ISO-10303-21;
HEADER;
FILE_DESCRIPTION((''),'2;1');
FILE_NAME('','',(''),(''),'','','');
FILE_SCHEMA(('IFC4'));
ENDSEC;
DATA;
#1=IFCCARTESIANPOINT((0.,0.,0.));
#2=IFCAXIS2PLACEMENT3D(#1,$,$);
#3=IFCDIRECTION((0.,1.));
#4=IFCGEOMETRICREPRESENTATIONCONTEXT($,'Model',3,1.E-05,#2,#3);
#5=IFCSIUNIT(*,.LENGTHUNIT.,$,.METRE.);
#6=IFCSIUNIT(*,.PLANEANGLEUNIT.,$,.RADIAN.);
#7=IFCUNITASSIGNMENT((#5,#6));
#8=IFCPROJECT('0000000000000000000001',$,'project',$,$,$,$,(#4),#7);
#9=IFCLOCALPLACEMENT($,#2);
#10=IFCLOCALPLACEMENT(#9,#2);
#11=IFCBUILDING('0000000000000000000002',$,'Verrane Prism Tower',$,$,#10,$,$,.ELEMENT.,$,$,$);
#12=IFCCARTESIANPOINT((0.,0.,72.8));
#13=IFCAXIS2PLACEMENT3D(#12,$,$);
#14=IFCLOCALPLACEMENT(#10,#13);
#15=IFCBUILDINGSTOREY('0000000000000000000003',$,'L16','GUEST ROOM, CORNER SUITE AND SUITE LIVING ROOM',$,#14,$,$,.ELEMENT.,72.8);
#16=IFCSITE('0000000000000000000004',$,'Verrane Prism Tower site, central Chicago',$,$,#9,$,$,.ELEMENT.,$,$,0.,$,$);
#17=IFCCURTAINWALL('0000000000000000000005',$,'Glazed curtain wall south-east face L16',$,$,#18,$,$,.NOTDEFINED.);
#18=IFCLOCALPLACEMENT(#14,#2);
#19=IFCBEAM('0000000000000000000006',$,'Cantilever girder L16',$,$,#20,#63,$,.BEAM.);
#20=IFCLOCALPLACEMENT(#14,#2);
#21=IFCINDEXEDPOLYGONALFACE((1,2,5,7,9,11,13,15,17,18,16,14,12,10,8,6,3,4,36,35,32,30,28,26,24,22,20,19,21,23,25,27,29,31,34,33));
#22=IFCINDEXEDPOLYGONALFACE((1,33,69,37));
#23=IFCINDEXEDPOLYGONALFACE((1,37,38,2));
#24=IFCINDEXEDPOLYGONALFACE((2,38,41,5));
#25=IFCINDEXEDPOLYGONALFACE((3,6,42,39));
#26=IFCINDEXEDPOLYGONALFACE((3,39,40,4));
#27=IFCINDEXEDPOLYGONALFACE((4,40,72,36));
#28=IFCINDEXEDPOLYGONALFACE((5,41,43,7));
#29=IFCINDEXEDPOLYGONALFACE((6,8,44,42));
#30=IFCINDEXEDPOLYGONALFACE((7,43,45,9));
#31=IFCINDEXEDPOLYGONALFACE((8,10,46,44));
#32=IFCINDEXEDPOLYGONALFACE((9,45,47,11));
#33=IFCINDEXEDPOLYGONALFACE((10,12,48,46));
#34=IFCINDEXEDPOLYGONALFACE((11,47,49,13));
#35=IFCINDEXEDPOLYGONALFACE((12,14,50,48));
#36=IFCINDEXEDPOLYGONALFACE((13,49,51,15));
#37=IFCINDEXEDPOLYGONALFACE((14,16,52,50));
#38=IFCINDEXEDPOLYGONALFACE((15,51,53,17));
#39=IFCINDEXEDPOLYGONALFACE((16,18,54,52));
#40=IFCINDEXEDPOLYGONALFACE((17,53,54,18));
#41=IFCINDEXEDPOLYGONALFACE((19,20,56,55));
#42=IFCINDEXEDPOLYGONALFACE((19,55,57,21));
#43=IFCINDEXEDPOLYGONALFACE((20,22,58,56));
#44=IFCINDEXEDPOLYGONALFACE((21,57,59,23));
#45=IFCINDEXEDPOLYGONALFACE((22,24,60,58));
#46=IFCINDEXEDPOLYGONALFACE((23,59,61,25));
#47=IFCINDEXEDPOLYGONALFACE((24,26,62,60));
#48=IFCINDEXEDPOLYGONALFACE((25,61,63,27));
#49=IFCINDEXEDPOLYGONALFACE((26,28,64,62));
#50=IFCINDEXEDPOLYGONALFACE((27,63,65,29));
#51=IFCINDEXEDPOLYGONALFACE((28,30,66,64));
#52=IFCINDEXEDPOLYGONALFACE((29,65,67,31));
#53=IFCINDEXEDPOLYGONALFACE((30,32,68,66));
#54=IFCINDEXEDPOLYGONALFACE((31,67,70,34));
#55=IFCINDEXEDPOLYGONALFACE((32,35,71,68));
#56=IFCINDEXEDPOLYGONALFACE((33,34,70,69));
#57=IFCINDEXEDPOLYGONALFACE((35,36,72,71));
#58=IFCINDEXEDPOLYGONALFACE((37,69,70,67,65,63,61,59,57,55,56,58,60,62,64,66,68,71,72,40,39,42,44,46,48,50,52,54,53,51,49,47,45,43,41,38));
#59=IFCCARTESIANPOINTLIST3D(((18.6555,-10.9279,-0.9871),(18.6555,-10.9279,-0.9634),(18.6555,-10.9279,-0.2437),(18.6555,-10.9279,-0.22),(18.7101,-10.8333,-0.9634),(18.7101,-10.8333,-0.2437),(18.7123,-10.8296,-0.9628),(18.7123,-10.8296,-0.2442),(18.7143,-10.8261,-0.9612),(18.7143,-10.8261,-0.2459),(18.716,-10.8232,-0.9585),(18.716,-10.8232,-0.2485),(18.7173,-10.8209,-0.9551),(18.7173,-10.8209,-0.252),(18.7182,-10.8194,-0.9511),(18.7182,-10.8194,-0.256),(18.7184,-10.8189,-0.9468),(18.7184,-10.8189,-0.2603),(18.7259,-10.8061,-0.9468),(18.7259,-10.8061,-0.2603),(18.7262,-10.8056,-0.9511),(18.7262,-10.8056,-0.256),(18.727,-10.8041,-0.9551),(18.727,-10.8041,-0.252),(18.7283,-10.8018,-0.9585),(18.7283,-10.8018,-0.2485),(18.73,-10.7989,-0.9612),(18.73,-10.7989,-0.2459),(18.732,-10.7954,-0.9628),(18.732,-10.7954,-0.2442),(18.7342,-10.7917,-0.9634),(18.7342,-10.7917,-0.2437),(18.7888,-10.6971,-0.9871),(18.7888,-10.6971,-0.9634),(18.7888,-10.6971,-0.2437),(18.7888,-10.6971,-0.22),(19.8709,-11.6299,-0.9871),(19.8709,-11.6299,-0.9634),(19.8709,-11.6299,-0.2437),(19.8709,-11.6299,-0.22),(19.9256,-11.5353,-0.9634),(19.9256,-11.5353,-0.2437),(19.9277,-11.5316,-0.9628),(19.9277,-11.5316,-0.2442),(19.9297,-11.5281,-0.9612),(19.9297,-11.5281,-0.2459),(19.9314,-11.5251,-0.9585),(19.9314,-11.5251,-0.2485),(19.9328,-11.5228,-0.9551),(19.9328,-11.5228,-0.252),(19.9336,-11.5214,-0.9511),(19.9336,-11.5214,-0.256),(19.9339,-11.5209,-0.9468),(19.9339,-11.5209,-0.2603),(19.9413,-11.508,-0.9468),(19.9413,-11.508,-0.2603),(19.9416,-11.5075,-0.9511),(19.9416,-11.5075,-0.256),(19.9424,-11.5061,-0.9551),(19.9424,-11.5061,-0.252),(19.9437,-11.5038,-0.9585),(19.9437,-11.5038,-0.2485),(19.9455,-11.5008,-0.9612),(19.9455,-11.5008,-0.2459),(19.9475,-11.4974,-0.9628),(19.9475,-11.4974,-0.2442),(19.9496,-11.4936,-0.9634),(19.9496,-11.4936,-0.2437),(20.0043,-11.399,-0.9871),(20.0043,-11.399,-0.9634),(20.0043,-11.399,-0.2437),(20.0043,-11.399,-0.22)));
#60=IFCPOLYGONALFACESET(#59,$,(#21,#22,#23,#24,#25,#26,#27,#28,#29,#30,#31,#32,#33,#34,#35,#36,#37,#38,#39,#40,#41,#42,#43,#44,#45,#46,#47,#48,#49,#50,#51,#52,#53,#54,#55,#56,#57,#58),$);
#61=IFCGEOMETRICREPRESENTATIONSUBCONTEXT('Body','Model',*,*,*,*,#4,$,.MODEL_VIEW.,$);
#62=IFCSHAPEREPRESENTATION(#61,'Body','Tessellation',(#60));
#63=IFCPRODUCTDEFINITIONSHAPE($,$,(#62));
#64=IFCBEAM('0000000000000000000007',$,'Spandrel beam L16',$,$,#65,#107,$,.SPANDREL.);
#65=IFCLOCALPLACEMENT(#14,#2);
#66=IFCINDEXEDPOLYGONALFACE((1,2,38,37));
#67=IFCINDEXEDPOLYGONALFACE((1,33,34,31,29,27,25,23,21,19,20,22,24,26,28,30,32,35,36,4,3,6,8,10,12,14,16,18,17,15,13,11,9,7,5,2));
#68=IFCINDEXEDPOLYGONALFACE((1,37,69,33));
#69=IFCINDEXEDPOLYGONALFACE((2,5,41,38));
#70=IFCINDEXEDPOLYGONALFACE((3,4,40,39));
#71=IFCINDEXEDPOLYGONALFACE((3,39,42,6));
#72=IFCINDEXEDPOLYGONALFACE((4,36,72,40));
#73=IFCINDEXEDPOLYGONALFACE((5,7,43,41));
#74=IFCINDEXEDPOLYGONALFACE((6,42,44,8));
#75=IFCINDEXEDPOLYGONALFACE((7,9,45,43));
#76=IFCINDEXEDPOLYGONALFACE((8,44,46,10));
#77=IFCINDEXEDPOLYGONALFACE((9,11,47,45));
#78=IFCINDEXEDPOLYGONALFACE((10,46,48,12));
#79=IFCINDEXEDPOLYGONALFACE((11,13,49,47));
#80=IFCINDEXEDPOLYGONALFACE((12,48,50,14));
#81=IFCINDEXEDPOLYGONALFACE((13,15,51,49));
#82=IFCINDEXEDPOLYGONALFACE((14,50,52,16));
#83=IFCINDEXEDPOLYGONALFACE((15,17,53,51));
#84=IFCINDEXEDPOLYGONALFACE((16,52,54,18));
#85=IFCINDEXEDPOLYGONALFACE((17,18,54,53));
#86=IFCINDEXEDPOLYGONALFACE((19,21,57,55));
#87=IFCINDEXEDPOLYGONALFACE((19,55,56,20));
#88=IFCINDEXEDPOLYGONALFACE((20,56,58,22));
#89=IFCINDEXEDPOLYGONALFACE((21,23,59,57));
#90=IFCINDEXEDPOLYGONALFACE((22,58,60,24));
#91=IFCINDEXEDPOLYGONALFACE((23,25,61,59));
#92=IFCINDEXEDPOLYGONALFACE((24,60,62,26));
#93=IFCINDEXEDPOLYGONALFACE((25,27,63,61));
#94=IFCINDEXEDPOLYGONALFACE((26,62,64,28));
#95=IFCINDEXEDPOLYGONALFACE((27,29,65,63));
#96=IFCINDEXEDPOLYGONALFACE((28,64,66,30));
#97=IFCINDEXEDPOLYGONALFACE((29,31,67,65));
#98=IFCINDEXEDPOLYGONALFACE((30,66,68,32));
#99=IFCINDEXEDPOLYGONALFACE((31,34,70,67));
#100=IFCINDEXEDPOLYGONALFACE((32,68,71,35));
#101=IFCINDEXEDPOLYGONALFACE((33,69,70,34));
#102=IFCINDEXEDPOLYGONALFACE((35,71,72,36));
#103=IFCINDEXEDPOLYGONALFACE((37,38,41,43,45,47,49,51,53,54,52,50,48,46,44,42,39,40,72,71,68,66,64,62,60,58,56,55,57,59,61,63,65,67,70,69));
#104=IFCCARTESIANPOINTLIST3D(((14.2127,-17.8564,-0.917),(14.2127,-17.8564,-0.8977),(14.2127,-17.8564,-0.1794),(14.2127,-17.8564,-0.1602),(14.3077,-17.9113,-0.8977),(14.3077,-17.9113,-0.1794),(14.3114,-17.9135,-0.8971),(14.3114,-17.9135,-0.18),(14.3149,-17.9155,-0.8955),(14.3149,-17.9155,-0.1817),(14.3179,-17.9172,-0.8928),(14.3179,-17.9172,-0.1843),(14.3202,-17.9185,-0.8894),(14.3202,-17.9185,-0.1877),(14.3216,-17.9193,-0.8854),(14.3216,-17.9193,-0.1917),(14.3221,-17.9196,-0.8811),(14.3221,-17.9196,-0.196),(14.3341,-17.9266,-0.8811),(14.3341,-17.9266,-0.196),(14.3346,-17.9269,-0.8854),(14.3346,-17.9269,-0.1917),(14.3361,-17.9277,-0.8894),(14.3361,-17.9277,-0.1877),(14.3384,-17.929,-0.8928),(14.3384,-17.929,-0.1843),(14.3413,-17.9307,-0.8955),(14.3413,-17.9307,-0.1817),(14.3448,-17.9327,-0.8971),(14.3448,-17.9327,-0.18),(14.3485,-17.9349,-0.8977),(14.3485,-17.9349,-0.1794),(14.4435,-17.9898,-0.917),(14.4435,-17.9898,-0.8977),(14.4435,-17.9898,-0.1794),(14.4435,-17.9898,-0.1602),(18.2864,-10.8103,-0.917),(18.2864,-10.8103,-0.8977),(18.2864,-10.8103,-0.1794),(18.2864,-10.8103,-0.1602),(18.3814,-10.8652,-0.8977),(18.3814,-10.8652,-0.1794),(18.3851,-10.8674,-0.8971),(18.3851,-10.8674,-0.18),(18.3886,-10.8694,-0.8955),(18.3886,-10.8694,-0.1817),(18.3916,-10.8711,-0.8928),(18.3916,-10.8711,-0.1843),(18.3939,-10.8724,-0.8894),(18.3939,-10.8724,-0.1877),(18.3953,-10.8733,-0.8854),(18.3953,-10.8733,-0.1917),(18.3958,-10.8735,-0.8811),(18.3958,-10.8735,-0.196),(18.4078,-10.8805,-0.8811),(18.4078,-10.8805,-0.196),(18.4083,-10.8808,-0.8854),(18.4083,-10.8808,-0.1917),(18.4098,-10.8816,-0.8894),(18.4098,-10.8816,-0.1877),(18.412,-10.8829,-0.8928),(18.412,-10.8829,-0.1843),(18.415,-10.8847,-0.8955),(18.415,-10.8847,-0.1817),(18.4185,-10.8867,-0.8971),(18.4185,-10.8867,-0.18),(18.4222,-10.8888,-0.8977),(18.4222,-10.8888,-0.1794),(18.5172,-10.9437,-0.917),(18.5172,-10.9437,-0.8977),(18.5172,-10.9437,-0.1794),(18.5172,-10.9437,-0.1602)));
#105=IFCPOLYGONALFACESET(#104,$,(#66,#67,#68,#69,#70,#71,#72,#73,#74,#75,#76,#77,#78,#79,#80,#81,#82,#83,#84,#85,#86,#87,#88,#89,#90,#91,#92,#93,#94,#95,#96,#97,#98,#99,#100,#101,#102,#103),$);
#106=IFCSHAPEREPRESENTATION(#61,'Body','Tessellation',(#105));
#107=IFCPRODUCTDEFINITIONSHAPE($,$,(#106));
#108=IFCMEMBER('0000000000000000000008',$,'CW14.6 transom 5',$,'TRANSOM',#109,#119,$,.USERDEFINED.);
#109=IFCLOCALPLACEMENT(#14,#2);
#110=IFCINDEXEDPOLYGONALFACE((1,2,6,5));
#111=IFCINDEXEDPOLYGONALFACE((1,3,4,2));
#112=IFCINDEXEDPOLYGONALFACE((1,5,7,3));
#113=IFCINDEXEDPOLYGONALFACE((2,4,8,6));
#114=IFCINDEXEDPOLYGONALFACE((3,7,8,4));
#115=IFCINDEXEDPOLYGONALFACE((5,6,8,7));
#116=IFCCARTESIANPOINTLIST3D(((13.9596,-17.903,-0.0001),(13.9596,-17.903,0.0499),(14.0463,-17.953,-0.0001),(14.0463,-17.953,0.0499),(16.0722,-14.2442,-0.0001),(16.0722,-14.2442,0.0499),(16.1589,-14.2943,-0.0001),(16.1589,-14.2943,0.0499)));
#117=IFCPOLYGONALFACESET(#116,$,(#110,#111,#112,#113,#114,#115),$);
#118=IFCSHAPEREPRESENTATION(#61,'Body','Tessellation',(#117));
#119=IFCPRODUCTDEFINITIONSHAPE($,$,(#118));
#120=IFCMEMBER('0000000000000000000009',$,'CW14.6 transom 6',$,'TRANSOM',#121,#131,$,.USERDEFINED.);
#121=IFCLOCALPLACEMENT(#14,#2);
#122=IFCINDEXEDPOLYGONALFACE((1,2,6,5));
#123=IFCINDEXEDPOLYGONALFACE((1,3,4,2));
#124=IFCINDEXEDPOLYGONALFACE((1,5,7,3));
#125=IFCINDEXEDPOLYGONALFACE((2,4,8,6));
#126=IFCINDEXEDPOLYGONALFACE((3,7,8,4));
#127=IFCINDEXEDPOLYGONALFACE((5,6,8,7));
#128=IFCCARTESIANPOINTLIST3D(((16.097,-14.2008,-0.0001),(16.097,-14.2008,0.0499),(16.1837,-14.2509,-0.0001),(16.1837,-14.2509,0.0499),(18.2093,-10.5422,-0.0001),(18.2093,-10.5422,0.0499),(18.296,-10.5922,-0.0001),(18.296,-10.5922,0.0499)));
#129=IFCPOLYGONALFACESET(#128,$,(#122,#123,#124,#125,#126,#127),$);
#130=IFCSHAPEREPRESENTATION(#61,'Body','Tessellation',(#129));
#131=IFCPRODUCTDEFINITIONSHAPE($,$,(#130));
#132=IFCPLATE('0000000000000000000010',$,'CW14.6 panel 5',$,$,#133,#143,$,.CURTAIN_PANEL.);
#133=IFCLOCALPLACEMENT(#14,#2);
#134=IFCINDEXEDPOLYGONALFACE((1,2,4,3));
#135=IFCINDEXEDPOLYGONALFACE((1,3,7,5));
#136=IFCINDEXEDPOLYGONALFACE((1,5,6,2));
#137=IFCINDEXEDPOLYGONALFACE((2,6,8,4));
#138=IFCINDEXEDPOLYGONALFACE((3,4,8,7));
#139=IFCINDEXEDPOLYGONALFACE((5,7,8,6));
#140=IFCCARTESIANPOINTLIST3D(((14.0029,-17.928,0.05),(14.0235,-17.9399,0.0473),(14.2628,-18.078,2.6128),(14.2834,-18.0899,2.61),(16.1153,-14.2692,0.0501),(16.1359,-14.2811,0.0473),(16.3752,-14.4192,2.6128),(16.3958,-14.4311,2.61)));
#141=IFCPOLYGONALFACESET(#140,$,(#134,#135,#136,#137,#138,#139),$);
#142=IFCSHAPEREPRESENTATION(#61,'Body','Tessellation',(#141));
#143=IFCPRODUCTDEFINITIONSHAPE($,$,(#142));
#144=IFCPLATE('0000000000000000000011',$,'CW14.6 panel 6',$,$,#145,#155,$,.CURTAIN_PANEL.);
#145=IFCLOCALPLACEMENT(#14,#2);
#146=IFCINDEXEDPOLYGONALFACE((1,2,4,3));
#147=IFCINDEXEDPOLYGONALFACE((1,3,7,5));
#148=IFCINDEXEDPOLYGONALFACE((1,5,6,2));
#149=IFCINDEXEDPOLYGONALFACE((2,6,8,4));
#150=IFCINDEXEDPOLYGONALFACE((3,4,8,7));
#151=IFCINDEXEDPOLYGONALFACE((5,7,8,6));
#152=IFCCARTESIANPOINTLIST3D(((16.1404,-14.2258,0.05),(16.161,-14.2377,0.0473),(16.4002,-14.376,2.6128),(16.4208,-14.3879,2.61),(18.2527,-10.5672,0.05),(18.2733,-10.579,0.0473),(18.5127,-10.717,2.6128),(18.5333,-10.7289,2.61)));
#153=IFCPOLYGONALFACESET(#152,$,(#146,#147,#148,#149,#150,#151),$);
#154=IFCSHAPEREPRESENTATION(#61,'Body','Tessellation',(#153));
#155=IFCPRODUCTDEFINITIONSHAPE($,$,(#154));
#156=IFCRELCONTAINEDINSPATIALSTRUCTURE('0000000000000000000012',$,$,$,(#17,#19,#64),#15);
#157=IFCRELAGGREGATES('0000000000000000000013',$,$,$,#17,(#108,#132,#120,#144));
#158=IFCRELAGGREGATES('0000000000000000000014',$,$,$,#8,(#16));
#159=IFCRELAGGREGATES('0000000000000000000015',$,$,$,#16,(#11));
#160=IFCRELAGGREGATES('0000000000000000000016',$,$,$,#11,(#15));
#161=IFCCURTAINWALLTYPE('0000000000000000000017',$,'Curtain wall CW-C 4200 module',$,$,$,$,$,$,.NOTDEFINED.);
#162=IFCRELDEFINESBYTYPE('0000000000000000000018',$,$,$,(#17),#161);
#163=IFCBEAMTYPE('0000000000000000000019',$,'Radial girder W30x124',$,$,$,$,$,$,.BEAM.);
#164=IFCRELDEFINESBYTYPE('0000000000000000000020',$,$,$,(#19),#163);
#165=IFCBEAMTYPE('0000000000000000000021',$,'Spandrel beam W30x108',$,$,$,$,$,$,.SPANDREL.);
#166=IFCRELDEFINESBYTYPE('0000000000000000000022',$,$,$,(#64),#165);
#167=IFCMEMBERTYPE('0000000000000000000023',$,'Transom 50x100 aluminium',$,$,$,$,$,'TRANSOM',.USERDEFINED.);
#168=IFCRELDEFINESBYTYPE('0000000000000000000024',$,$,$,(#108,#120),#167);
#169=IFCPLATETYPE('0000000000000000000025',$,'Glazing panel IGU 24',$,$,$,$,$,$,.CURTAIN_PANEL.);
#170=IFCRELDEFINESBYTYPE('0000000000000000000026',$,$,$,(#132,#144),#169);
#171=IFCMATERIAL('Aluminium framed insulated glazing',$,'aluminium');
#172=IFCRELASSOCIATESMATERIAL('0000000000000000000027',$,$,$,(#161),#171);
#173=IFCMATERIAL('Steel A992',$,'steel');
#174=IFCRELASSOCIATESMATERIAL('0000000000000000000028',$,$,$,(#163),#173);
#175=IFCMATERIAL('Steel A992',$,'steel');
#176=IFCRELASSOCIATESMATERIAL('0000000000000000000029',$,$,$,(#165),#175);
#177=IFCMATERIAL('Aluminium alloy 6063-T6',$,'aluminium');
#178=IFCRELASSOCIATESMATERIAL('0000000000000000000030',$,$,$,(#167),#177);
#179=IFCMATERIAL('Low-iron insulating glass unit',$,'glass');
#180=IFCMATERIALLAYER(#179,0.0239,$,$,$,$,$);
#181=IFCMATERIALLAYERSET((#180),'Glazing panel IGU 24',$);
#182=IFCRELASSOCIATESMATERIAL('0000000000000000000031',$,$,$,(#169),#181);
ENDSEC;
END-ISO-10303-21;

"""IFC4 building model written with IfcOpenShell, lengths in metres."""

from ifc_helpers import new_model, si_unit, direction, frame, origin, origin_2d, place, context, subcontext, project, spatial, polyline, rectangle, i_section, outline, extrude, material, layer, layer_set, material_profile, profile_set, type_object, element, aggregate, save


model = new_model("IFC4")

# Units and contexts
model_context = context("Model", 3, precision=1e-05, world=origin(), true_north=direction((0.0, 1.0)))
body_context = subcontext(model_context, "Body", "Model", "MODEL_VIEW")
ifc_project = project(units=[si_unit("LENGTHUNIT", "METRE"), si_unit("PLANEANGLEUNIT", "RADIAN")], contexts=[model_context])

# Site, building, storey
site_placement = place(None, origin())
site = spatial("IfcSite", under=ifc_project, at=site_placement, Name="Verrane Prism Tower site, central Chicago", CompositionType="ELEMENT", RefElevation=0.0)
building_placement = place(site_placement, origin())
building = spatial("IfcBuilding", under=site, at=building_placement, Name="Verrane Prism Tower", CompositionType="ELEMENT")
storey_placement = place(building_placement, frame((0.0, 0.0, 72.8)))
storey = spatial("IfcBuildingStorey", under=building, at=storey_placement, Name="L16", Description="GUEST ROOM, CORNER SUITE AND SUITE LIVING ROOM", CompositionType="ELEMENT", Elevation=72.8)

# Curtain wall
ifc_material_1 = material(Name="Aluminium framed insulated glazing", Category="aluminium")
curtain_wall_type = type_object("IfcCurtainWallType", Name="Curtain wall CW-C 4200 module", PredefinedType="NOTDEFINED", material=ifc_material_1)
curtain_wall_placement = place(storey_placement, origin())
curtain_wall = element("IfcCurtainWall", 1, at=curtain_wall_placement, inside=storey, type_object=curtain_wall_type, Name="Glazed curtain wall south-east face L16", PredefinedType="NOTDEFINED")

# Beams
ifc_material_2 = material(Name="Steel A992", Category="steel")
ifc_material_profile_1 = material_profile(ifc_material_2, i_section(OverallWidth=0.2666, OverallDepth=0.7671, WebThickness=0.0149, FlangeThickness=0.0237, FilletRadius=0.0166, at=origin_2d()), Name="W30x124")
ifc_profile_set_1 = profile_set([ifc_material_profile_1], Name="Steel A992")
beam_type_1 = type_object("IfcBeamType", Name="Radial girder W30x124", PredefinedType="BEAM", material=ifc_profile_set_1)
beam_1_placement = place(storey_placement, frame((18.7222, -10.8125, -0.6035), z_axis=(0.865954, -0.500124, 0.0), x_axis=(0.500124, 0.865954, 0.0)))
element("IfcBeam", 2, at=beam_1_placement, inside=storey, type_object=beam_type_1, Name="Cantilever girder L16", PredefinedType="BEAM", context=body_context, shape_type="SweptSolid", body=[
    extrude(i_section(OverallWidth=0.2666, OverallDepth=0.7671, WebThickness=0.0149, FlangeThickness=0.0237, FilletRadius=0.0166, at=origin_2d()), origin(), (0.0, 0.0, 1.0), 1.4036),
])
ifc_material_3 = material(Name="Steel A992", Category="steel")
ifc_material_profile_2 = material_profile(ifc_material_3, i_section(OverallWidth=0.2666, OverallDepth=0.7568, WebThickness=0.0139, FlangeThickness=0.0193, FilletRadius=0.0166, at=origin_2d()), Name="W30x108")
ifc_profile_set_2 = profile_set([ifc_material_profile_2], Name="Steel A992")
beam_type_2 = type_object("IfcBeamType", Name="Spandrel beam W30x108", PredefinedType="SPANDREL", material=ifc_profile_set_2)
beam_2_placement = place(storey_placement, frame((14.3281, -17.9231, -0.5386), z_axis=(0.500519, 0.865725, 0.0), x_axis=(-0.865725, 0.500519, 0.0)))
element("IfcBeam", 3, at=beam_2_placement, inside=storey, type_object=beam_type_2, Name="Spandrel beam L16", PredefinedType="SPANDREL", context=body_context, shape_type="SweptSolid", body=[
    extrude(i_section(OverallWidth=0.2666, OverallDepth=0.7568, WebThickness=0.0139, FlangeThickness=0.0193, FilletRadius=0.0166, at=origin_2d()), origin(), (0.0, 0.0, 1.0), 8.1389),
])

# Members
ifc_material_4 = material(Name="Aluminium alloy 6063-T6", Category="aluminium")
ifc_material_profile_3 = material_profile(ifc_material_4, rectangle(XDim=0.1001, YDim=0.05, at=origin_2d()), Name="Transom 50x100 aluminium")
ifc_profile_set_3 = profile_set([ifc_material_profile_3], Name="Aluminium alloy 6063-T6")
member_type_1 = type_object("IfcMemberType", Name="Transom 50x100 aluminium", ElementType="TRANSOM", PredefinedType="USERDEFINED", material=ifc_profile_set_3)
member_1_placement = place(storey_placement, frame((14.0029, -17.928, 0.0249), z_axis=(0.500036, 0.866005, 0.0), x_axis=(-0.866005, 0.500036, 0.0)))
member_1 = element("IfcMember", 4, at=member_1_placement, type_object=member_type_1, Name="CW14.6 transom 5", ObjectType="TRANSOM", PredefinedType="USERDEFINED", context=body_context, shape_type="SweptSolid", body=[
    extrude(rectangle(XDim=0.1001, YDim=0.05, at=origin_2d()), origin(), (0.0, 0.0, 1.0), 4.2249),
])
member_2_placement = place(storey_placement, frame((16.1404, -14.2258, 0.0249), z_axis=(0.499993, 0.86603, 0.0), x_axis=(-0.86603, 0.499993, 0.0)))
member_2 = element("IfcMember", 5, at=member_2_placement, type_object=member_type_1, Name="CW14.6 transom 6", ObjectType="TRANSOM", PredefinedType="USERDEFINED", context=body_context, shape_type="SweptSolid", body=[
    extrude(rectangle(XDim=0.1001, YDim=0.05, at=origin_2d()), origin(), (0.0, 0.0, 1.0), 4.2246),
])

# Plates
ifc_material_5 = material(Name="Low-iron insulating glass unit", Category="glass")
ifc_layer_1 = layer(ifc_material_5, 0.0239)
ifc_layer_set_1 = layer_set([ifc_layer_1], Name="Glazing panel IGU 24")
plate_type = type_object("IfcPlateType", Name="Glazing panel IGU 24", PredefinedType="CURTAIN_PANEL", material=ifc_layer_set_1)
plate_1_placement = place(storey_placement, frame((14.0029, -17.928, 0.05), z_axis=(-0.860148, 0.496609, 0.116299), x_axis=(0.500002, 0.866024, 0.000005)))
plate_1 = element("IfcPlate", 6, at=plate_1_placement, type_object=plate_type, Name="CW14.6 panel 5", PredefinedType="CURTAIN_PANEL", context=body_context, shape_type="SweptSolid", body=[
    extrude(outline(polyline([(0.0, 0.0), (4.2248, 0.0), (4.2249, -2.5802), (0.0, -2.5803), (0.0, 0.0)])), origin(), (0.0, 0.0, -1.0), 0.0239),
])
plate_2_placement = place(storey_placement, frame((16.1404, -14.2258, 0.05), z_axis=(-0.860148, 0.496609, 0.116299), x_axis=(0.500002, 0.866024, -0.000001)))
plate_2 = element("IfcPlate", 7, at=plate_2_placement, type_object=plate_type, Name="CW14.6 panel 6", PredefinedType="CURTAIN_PANEL", context=body_context, shape_type="SweptSolid", body=[
    extrude(outline(polyline([(0.0, 0.0), (4.2247, 0.0), (4.2249, -2.5803), (-0.0002, -2.5802), (0.0, 0.0)])), origin(), (0.0, 0.0, -1.0), 0.0239),
])
aggregate(curtain_wall, [member_1, plate_1, member_2, plate_2])

save(model, "model.ifc")
